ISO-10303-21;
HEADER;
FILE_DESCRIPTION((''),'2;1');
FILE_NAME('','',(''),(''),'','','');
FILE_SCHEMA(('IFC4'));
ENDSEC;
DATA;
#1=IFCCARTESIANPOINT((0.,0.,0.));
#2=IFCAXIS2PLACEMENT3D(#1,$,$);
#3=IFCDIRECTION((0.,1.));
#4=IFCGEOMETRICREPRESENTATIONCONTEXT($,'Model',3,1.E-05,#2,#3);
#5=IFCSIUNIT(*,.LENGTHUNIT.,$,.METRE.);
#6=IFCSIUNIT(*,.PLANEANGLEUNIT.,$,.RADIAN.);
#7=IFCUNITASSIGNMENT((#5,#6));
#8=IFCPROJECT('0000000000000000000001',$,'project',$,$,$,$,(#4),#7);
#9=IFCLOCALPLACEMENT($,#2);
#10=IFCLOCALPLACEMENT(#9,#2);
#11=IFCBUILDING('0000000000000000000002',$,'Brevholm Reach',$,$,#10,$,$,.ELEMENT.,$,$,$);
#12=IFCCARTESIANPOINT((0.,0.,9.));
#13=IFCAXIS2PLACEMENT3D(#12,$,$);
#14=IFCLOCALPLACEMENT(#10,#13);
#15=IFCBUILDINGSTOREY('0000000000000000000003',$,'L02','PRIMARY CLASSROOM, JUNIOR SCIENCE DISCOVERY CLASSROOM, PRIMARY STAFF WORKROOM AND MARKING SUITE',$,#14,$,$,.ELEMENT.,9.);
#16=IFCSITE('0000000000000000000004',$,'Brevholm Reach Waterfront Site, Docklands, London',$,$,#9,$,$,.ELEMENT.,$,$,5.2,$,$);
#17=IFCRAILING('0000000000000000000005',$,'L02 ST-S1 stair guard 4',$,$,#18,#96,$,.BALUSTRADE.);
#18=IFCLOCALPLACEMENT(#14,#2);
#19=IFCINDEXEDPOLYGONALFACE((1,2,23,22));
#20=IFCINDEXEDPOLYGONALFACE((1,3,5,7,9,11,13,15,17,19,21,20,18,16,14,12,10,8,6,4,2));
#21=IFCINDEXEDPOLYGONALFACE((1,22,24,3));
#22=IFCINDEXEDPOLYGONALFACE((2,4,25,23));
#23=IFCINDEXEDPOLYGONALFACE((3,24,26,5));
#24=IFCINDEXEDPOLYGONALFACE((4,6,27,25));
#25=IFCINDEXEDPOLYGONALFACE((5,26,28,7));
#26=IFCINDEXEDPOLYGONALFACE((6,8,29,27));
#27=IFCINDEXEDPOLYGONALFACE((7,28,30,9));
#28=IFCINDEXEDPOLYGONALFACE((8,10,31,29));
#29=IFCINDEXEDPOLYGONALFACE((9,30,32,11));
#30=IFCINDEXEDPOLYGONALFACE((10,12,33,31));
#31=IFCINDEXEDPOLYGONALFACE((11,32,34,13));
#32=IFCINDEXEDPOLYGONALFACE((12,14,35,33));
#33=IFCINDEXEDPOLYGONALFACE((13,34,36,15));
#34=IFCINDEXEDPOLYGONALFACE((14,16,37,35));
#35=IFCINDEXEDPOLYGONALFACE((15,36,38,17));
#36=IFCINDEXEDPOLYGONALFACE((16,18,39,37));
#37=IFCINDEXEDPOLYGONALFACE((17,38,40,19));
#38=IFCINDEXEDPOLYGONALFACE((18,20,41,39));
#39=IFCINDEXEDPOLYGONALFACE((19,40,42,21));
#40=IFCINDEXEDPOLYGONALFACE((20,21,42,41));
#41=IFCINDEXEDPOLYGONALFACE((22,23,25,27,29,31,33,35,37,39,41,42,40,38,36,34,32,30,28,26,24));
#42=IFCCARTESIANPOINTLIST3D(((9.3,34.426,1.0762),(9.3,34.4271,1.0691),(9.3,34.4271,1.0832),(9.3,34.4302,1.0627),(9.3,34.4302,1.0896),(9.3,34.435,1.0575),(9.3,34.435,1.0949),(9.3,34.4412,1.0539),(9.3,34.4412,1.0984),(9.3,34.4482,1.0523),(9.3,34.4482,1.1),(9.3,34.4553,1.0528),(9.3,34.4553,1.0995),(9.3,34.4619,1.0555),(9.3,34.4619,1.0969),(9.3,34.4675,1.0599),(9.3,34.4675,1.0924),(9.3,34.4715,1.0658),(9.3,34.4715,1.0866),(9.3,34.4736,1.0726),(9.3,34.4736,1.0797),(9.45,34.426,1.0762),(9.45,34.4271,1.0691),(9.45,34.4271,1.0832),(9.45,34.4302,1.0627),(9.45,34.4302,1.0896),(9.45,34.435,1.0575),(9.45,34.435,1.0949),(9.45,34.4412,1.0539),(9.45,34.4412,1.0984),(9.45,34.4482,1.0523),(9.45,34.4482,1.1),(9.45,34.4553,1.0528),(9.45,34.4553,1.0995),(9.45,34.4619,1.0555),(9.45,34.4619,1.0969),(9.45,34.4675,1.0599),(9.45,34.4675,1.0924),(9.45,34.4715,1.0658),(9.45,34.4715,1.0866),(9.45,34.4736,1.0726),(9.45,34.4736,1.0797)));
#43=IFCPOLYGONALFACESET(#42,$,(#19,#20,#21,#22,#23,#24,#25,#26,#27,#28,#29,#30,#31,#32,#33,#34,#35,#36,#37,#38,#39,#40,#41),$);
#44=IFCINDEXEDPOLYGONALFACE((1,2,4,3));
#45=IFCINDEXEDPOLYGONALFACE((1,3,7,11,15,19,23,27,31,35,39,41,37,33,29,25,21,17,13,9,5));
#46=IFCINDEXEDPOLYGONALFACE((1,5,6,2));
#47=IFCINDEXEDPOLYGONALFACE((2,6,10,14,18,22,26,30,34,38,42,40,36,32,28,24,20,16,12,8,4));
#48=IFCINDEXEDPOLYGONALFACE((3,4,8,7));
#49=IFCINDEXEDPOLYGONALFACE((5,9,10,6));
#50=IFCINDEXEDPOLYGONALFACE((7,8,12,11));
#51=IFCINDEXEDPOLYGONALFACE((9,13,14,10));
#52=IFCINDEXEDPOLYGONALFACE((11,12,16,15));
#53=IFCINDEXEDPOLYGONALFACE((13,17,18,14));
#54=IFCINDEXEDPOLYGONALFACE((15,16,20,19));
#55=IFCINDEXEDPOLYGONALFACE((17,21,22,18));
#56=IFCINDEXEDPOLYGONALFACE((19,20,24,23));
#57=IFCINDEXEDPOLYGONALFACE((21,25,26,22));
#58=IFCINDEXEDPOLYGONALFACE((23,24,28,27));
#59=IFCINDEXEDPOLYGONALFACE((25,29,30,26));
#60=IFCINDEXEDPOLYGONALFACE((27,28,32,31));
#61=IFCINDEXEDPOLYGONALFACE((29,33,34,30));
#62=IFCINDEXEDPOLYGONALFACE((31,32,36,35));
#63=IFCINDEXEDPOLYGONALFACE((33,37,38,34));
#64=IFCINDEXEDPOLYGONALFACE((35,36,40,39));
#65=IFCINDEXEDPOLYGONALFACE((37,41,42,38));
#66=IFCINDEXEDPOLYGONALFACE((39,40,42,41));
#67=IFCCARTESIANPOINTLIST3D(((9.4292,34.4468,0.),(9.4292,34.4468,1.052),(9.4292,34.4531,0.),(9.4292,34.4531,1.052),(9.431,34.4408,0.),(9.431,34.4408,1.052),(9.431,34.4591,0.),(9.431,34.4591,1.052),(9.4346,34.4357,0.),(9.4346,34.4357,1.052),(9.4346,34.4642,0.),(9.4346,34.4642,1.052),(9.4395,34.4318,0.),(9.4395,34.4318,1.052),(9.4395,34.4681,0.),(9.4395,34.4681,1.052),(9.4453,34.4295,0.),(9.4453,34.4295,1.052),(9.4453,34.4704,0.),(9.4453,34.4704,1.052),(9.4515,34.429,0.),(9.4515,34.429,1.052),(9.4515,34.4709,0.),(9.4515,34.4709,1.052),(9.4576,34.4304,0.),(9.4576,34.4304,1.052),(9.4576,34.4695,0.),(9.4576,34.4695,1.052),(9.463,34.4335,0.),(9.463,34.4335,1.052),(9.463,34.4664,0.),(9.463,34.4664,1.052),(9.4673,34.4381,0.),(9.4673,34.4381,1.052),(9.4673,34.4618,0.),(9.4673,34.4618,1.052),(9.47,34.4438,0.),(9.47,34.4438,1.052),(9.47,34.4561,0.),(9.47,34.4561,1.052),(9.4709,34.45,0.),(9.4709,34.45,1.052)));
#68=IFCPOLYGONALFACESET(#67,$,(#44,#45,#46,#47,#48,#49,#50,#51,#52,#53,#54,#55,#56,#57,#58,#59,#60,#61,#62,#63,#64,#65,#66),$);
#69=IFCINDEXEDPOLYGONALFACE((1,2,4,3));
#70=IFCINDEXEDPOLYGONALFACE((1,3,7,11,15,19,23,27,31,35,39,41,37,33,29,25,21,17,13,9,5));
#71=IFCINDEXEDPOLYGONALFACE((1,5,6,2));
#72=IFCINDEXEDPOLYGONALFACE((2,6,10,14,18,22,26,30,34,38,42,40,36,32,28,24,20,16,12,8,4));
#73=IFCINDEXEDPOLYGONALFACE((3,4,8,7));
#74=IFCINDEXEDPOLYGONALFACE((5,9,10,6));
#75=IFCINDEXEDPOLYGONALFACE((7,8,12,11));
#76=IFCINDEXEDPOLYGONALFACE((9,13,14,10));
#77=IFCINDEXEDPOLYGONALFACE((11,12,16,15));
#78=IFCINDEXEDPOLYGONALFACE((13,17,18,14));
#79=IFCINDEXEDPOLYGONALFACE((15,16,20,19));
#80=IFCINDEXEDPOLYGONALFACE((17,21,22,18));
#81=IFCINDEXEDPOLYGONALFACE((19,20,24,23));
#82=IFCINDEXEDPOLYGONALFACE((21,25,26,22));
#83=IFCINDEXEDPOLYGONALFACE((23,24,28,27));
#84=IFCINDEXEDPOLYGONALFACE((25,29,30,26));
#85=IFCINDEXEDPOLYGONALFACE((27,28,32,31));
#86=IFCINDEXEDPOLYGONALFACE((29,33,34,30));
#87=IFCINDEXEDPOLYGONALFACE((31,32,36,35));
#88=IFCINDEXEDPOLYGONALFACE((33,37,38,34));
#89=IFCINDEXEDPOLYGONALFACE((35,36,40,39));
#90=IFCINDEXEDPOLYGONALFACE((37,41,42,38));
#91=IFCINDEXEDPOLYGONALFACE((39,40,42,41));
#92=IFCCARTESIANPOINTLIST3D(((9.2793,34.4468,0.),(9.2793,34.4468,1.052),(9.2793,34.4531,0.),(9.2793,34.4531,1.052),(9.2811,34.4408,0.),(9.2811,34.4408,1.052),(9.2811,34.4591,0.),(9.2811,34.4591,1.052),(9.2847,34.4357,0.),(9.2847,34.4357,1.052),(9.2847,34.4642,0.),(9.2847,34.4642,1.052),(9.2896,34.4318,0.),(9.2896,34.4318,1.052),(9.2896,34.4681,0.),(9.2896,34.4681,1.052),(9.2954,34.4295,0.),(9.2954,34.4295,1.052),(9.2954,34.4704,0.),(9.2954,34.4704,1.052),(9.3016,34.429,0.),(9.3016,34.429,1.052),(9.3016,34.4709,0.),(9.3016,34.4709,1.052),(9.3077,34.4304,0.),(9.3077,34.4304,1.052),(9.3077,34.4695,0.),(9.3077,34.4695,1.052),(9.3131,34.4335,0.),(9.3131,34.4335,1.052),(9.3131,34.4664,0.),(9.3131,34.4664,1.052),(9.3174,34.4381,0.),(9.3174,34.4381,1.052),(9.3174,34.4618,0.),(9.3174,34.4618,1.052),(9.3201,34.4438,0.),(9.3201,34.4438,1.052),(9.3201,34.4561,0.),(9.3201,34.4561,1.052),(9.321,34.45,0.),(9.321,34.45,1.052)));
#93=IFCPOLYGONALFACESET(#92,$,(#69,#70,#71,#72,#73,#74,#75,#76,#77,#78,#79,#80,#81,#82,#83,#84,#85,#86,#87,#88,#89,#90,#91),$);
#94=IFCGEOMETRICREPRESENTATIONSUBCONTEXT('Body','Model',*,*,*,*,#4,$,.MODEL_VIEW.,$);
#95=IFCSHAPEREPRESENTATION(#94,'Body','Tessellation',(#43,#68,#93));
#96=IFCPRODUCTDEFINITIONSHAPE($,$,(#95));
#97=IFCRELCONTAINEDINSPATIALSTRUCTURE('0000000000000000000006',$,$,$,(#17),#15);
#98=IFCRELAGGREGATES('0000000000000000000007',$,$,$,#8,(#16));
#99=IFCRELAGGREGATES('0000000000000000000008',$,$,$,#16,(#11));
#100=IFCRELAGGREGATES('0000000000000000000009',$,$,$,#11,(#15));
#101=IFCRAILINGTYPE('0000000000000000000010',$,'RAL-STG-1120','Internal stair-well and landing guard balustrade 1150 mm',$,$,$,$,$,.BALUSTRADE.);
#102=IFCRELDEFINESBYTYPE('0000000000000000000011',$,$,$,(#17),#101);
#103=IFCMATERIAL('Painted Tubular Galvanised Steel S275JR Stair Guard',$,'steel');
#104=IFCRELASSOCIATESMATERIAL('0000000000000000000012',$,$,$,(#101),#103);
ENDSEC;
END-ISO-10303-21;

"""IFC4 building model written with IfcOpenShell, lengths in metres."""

from ifc_helpers import new_model, si_unit, direction, frame, origin, origin_2d, place, context, subcontext, project, spatial, circle, extrude, material, type_object, element, save


model = new_model("IFC4")

# Units and contexts
model_context = context("Model", 3, precision=1e-05, world=origin(), true_north=direction((0.0, 1.0)))
body_context = subcontext(model_context, "Body", "Model", "MODEL_VIEW")
ifc_project = project(units=[si_unit("LENGTHUNIT", "METRE"), si_unit("PLANEANGLEUNIT", "RADIAN")], contexts=[model_context])

# Site, building, storey
site_placement = place(None, origin())
site = spatial("IfcSite", under=ifc_project, at=site_placement, Name="Brevholm Reach Waterfront Site, Docklands, London", CompositionType="ELEMENT", RefElevation=5.2)
building_placement = place(site_placement, origin())
building = spatial("IfcBuilding", under=site, at=building_placement, Name="Brevholm Reach", CompositionType="ELEMENT")
storey_placement = place(building_placement, frame((0.0, 0.0, 9.0)))
storey = spatial("IfcBuildingStorey", under=building, at=storey_placement, Name="L02", Description="PRIMARY CLASSROOM, JUNIOR SCIENCE DISCOVERY CLASSROOM, PRIMARY STAFF WORKROOM AND MARKING SUITE", CompositionType="ELEMENT", Elevation=9.0)

# Railing
ifc_material_1 = material(Name="Painted Tubular Galvanised Steel S275JR Stair Guard", Category="steel")
railing_type_1 = type_object("IfcRailingType", Name="RAL-STG-1120", Description="Internal stair-well and landing guard balustrade 1150 mm", PredefinedType="BALUSTRADE", material=ifc_material_1)
railing_1_placement = place(storey_placement, frame((9.45, 34.45, 0.0)))
element("IfcRailing", 1, at=railing_1_placement, inside=storey, type_object=railing_type_1, Name="L02 ST-S1 stair guard 4", PredefinedType="BALUSTRADE", context=body_context, shape_type="SweptSolid", body=[
    extrude(circle(Radius=0.0239, at=origin_2d()), frame((0.0, 0.0, 1.0762), z_axis=(-1.0, 0.0, 0.0), x_axis=(0.0, -1.0, 0.0)), (0.0, 0.0, 1.0), 0.1499),
    extrude(circle(Radius=0.021, at=origin_2d()), origin(), (0.0, 0.0, 1.0), 1.052),
    extrude(circle(Radius=0.021, at=origin_2d()), frame((-0.1499, 0.0, 0.0)), (0.0, 0.0, 1.0), 1.052),
])

save(model, "model.ifc")
